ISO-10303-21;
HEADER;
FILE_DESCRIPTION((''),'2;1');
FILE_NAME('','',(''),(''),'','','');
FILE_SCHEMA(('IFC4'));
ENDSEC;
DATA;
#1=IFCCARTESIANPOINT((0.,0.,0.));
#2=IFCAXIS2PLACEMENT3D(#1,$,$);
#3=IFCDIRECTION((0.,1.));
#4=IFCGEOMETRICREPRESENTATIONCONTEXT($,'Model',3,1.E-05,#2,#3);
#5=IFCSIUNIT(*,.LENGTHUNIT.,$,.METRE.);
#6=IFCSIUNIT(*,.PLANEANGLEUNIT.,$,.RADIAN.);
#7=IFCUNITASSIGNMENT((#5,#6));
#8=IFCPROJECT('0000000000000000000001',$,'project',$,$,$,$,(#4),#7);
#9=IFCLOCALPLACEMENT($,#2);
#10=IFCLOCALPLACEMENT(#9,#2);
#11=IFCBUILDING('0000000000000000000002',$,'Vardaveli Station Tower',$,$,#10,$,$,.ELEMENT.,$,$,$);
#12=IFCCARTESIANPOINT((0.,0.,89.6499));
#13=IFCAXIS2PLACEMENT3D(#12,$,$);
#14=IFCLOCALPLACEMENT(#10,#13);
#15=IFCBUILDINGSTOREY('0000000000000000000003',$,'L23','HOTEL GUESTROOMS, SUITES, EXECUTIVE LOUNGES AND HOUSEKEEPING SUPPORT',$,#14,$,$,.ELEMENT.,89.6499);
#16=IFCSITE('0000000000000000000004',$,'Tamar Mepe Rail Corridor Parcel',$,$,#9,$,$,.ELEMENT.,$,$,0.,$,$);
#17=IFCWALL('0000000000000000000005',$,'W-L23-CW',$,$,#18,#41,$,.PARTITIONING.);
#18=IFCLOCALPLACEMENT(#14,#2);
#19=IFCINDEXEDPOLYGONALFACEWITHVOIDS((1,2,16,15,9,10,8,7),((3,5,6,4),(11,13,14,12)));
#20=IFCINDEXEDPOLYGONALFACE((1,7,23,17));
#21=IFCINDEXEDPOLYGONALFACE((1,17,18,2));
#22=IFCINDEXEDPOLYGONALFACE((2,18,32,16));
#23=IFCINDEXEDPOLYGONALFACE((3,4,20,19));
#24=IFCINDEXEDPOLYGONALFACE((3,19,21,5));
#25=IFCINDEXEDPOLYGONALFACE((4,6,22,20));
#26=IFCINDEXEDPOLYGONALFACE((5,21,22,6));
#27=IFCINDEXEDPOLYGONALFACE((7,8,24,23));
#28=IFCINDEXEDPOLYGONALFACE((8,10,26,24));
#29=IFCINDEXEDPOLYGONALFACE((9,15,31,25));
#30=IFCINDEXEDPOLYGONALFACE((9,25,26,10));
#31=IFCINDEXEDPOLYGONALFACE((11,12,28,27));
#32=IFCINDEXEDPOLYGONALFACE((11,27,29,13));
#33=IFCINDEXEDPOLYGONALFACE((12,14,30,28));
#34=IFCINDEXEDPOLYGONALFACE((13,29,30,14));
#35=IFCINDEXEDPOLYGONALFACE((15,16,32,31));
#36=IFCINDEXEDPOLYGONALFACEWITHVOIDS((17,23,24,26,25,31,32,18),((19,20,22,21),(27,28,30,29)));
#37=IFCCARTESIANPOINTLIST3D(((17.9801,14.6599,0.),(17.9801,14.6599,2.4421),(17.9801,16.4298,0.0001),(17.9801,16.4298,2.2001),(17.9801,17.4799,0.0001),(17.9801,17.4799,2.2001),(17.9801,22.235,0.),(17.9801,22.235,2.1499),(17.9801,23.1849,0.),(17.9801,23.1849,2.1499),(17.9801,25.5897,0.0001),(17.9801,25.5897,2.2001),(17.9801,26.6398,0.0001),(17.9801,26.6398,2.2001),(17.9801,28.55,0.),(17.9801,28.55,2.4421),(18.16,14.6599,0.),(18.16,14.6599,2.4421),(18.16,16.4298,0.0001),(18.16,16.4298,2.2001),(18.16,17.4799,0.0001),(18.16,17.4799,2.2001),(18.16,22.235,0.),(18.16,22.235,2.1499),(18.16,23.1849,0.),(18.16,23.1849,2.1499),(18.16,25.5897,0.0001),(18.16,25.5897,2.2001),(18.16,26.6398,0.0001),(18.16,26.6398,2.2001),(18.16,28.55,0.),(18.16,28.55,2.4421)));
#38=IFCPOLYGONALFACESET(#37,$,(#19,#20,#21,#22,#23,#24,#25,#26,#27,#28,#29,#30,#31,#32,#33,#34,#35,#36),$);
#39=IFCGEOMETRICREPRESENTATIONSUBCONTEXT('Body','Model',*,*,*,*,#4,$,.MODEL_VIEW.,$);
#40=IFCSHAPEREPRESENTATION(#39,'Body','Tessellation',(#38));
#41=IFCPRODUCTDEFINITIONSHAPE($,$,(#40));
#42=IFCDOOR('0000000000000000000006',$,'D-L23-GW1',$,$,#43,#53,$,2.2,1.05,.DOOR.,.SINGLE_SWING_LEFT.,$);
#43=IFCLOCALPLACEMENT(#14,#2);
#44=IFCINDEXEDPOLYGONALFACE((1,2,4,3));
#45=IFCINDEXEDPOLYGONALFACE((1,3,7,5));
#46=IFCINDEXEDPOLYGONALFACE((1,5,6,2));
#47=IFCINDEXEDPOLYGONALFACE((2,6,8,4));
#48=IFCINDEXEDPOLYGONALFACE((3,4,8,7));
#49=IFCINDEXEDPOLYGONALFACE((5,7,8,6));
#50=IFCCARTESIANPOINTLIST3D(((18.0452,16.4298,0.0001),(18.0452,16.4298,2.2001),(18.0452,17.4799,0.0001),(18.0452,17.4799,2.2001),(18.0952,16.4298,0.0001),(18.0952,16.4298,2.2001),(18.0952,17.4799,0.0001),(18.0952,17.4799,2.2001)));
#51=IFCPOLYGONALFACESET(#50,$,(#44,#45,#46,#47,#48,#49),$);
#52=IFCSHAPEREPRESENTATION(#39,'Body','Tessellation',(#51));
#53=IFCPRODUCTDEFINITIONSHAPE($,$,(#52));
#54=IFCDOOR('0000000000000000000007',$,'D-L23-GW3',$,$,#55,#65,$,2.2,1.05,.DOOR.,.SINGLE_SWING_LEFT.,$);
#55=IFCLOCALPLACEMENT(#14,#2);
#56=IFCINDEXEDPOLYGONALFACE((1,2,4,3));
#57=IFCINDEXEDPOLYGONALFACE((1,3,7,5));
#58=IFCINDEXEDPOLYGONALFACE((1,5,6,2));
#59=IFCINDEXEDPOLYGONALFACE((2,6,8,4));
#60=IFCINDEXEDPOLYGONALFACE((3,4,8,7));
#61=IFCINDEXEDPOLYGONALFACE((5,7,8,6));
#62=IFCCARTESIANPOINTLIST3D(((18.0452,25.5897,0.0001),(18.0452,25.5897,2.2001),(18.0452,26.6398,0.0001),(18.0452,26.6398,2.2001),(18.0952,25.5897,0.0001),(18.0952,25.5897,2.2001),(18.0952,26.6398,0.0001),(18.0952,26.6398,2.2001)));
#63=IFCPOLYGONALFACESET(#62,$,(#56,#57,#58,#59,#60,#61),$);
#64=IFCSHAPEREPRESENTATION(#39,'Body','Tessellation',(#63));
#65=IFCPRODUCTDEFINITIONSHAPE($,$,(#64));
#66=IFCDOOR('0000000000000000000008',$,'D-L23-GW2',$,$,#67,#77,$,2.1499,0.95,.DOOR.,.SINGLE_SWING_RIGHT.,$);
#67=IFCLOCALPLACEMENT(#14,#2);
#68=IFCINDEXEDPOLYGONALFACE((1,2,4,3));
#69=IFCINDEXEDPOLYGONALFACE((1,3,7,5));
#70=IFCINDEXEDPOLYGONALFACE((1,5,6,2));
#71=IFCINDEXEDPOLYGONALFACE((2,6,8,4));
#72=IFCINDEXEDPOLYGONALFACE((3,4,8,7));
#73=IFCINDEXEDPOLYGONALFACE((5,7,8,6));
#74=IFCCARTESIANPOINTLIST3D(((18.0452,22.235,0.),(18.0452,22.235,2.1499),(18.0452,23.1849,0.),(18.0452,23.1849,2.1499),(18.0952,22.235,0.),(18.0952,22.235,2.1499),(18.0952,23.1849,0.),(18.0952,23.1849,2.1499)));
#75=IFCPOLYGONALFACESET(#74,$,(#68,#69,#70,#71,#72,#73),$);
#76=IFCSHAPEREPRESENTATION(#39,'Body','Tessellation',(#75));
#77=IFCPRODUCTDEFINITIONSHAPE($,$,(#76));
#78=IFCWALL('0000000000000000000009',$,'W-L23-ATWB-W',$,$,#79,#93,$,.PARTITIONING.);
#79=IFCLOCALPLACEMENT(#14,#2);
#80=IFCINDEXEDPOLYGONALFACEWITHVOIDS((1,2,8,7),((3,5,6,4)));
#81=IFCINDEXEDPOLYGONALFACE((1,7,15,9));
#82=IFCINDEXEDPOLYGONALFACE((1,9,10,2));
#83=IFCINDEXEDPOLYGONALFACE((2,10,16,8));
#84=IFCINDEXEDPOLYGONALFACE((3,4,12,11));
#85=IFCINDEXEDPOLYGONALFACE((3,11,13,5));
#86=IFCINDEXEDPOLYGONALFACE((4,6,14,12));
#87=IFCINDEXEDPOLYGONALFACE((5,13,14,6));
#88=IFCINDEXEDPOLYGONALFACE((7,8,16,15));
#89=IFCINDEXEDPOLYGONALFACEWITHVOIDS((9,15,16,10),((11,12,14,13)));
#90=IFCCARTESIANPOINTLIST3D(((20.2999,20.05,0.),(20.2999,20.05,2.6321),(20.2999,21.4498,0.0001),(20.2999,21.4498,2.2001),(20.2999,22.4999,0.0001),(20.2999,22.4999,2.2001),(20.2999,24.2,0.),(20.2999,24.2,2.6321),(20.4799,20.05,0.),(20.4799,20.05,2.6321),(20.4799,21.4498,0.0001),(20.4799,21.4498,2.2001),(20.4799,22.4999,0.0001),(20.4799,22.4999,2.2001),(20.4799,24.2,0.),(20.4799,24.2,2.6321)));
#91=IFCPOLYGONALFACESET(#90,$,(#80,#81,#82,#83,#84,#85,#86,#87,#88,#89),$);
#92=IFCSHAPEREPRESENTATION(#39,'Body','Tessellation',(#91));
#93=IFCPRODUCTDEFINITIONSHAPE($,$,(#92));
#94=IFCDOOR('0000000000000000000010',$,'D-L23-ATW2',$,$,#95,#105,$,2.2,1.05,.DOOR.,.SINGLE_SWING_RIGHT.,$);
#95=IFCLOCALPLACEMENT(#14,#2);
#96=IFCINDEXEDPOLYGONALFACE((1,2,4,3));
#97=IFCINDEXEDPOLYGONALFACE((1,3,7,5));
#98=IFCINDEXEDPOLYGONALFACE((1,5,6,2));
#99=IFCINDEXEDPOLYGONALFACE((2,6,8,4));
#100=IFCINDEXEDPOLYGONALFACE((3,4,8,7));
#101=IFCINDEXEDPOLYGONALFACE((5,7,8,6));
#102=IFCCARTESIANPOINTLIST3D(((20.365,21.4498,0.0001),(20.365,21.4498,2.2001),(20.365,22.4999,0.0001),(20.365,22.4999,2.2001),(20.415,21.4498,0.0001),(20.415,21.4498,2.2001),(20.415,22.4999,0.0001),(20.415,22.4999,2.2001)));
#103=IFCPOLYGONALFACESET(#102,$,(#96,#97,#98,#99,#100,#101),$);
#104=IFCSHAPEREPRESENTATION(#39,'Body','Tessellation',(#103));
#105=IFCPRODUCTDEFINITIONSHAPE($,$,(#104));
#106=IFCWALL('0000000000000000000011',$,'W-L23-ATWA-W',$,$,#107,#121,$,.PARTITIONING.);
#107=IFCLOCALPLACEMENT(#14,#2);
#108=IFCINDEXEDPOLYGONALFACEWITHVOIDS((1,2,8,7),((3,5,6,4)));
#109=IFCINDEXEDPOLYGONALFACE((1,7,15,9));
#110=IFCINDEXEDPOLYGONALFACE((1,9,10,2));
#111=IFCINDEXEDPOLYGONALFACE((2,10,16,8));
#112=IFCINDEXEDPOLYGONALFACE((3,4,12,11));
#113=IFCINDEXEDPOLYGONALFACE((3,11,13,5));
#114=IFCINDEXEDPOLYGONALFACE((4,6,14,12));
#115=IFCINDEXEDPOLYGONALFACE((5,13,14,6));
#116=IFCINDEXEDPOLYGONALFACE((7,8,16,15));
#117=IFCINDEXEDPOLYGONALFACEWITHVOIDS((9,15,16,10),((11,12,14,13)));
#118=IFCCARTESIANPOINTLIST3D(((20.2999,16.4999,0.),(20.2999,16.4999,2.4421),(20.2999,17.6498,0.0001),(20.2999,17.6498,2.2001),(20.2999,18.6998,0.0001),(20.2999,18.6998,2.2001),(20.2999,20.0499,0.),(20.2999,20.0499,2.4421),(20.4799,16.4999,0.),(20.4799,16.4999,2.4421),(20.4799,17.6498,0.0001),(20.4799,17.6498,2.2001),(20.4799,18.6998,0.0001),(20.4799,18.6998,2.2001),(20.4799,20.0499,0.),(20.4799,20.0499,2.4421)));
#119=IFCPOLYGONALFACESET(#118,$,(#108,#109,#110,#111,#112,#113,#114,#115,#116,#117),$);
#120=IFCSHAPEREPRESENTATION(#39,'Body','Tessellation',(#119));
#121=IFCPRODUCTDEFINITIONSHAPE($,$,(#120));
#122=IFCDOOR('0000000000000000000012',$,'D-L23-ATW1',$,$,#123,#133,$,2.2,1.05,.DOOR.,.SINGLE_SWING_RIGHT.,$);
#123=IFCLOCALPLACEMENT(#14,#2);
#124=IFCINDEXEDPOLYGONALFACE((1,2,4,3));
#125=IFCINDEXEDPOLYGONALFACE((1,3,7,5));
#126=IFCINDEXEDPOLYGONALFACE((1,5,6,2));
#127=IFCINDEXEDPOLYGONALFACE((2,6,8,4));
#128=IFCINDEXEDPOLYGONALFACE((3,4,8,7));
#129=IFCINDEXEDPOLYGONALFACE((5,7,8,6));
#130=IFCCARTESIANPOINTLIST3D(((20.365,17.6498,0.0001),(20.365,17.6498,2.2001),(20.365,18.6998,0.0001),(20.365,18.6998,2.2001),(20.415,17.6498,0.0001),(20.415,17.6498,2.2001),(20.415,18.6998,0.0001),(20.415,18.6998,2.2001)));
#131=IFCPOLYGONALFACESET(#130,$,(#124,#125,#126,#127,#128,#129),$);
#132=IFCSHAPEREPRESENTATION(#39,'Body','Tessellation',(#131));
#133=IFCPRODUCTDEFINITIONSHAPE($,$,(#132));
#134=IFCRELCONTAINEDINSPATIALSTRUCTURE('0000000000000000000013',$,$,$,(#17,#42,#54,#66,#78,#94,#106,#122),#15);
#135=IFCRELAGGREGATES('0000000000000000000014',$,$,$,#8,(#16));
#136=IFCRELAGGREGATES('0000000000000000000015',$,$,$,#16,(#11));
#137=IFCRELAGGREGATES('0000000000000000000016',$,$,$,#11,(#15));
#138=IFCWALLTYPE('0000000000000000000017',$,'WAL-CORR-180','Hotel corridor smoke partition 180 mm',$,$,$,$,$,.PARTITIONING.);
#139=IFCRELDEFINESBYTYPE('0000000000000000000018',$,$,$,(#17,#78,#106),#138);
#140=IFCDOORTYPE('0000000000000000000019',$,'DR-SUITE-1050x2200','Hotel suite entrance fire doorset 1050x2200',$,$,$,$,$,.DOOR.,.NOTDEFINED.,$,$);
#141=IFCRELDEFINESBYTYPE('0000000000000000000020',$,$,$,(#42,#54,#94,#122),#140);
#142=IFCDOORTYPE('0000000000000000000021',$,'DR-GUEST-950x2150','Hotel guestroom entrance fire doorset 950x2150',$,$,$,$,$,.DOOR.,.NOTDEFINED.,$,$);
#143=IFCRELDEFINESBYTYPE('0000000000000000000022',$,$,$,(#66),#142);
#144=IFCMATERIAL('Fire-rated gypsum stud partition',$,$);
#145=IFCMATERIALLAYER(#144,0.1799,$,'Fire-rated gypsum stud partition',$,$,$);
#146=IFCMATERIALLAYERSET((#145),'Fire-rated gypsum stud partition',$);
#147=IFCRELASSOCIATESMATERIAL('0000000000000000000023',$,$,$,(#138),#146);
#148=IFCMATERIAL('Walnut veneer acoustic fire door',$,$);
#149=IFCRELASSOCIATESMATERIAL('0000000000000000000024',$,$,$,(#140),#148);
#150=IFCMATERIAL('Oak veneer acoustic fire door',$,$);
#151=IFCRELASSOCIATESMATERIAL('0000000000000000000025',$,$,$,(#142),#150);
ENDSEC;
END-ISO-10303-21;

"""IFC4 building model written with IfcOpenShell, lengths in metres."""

from ifc_helpers import new_model, si_unit, direction, frame, frame_2d, origin, place, context, subcontext, project, spatial, rectangle, extrude, source, transform, mapped, material, layer, layer_set, type_object, element, fill, save


model = new_model("IFC4")

# Units and contexts
model_context = context("Model", 3, precision=1e-05, world=origin(), true_north=direction((0.0, 1.0)))
body_context = subcontext(model_context, "Body", "Model", "MODEL_VIEW")
ifc_project = project(units=[si_unit("LENGTHUNIT", "METRE"), si_unit("PLANEANGLEUNIT", "RADIAN")], contexts=[model_context])

# Site, building, storey
site_placement = place(None, origin())
site = spatial("IfcSite", under=ifc_project, at=site_placement, Name="Tamar Mepe Rail Corridor Parcel", CompositionType="ELEMENT", RefElevation=0.0)
building_placement = place(site_placement, origin())
building = spatial("IfcBuilding", under=site, at=building_placement, Name="Vardaveli Station Tower", CompositionType="ELEMENT")
storey_placement = place(building_placement, frame((0.0, 0.0, 89.6499)))
storey = spatial("IfcBuildingStorey", under=building, at=storey_placement, Name="L23", Description="HOTEL GUESTROOMS, SUITES, EXECUTIVE LOUNGES AND HOUSEKEEPING SUPPORT", CompositionType="ELEMENT", Elevation=89.6499)

# Wall, openings, doors
ifc_material_1 = material(Name="Fire-rated gypsum stud partition")
ifc_layer_1 = layer(ifc_material_1, 0.1799, Name="Fire-rated gypsum stud partition")
ifc_layer_set_1 = layer_set([ifc_layer_1], Name="Fire-rated gypsum stud partition")
wall_type_1 = type_object("IfcWallType", Name="WAL-CORR-180", Description="Hotel corridor smoke partition 180 mm", PredefinedType="PARTITIONING", material=ifc_layer_set_1)
shared_shape_1 = source(origin(), body_context, "Body", "SweptSolid", [
    extrude(rectangle(XDim=13.8901, YDim=0.1799, at=frame_2d((6.9451, 0.0))), origin(), (0.0, 0.0, 1.0), 2.4421),
])
wall_1_placement = place(storey_placement, frame((18.0701, 14.6599, 0.0), z_axis=(0.0, 0.0, 1.0), x_axis=(0.0, 1.0, 0.0)))
wall_1 = element("IfcWall", 1, at=wall_1_placement, inside=storey, type_object=wall_type_1, Name="W-L23-CW", PredefinedType="PARTITIONING", context=body_context, shape_type="MappedRepresentation", body=[
    mapped(shared_shape_1, transform((0.0, 0.0, 0.0), scale=1.0)),
])
shared_shape_2 = source(origin(), body_context, "Body", "SweptSolid", [
    extrude(rectangle(XDim=1.05, YDim=2.2, at=frame_2d((0.5249, 1.1001))), frame((0.0, 0.1001, 0.0), z_axis=(0.0, -1.0, 0.0), x_axis=(1.0, 0.0, 0.0)), (0.0, 0.0, 1.0), 0.2),
])
opening_1_placement = place(wall_1_placement, frame((1.77, 0.0, 0.0)))
opening_1 = element("IfcOpeningElement", 2, at=opening_1_placement, cuts=wall_1, PredefinedType="OPENING", context=body_context, shape_type="MappedRepresentation", body=[
    mapped(shared_shape_2, transform((0.0, 0.0, 0.0), scale=1.0)),
])
shared_shape_3 = source(origin(), body_context, "Body", "SweptSolid", [
    extrude(rectangle(XDim=0.95, YDim=2.1499, at=frame_2d((0.4751, 1.075))), frame((0.0, 0.1001, 0.0), z_axis=(0.0, -1.0, 0.0), x_axis=(1.0, 0.0, 0.0)), (0.0, 0.0, 1.0), 0.2),
])
opening_2_placement = place(wall_1_placement, frame((7.575, 0.0, 0.0)))
opening_2 = element("IfcOpeningElement", 3, at=opening_2_placement, cuts=wall_1, PredefinedType="OPENING", context=body_context, shape_type="MappedRepresentation", body=[
    mapped(shared_shape_3, transform((0.0, 0.0, 0.0), scale=1.0)),
])
opening_3_placement = place(wall_1_placement, frame((10.9299, 0.0, 0.0)))
opening_3 = element("IfcOpeningElement", 4, at=opening_3_placement, cuts=wall_1, PredefinedType="OPENING", context=body_context, shape_type="MappedRepresentation", body=[
    mapped(shared_shape_2, transform((0.0, 0.0, 0.0), scale=1.0)),
])
ifc_material_2 = material(Name="Walnut veneer acoustic fire door")
door_type_1 = type_object("IfcDoorType", Name="DR-SUITE-1050x2200", Description="Hotel suite entrance fire doorset 1050x2200", OperationType="NOTDEFINED", PredefinedType="DOOR", material=ifc_material_2)
shared_shape_4 = source(origin(), body_context, "Body", "SweptSolid", [
    extrude(rectangle(XDim=1.05, YDim=2.2, at=frame_2d((0.5249, 1.1001))), frame((0.0, 0.0249, 0.0), z_axis=(0.0, -1.0, 0.0), x_axis=(1.0, 0.0, 0.0)), (0.0, 0.0, 1.0), 0.05),
])
door_1_placement = place(opening_1_placement, origin())
door_1 = element("IfcDoor", 5, at=door_1_placement, inside=storey, type_object=door_type_1, Name="D-L23-GW1", OperationType="SINGLE_SWING_LEFT", OverallHeight=2.2, OverallWidth=1.05, PredefinedType="DOOR", context=body_context, shape_type="MappedRepresentation", body=[
    mapped(shared_shape_4, transform((0.0, 0.0, 0.0), scale=1.0)),
])
fill(opening_1, door_1)
door_2_placement = place(opening_3_placement, origin())
door_2 = element("IfcDoor", 6, at=door_2_placement, inside=storey, type_object=door_type_1, Name="D-L23-GW3", OperationType="SINGLE_SWING_LEFT", OverallHeight=2.2, OverallWidth=1.05, PredefinedType="DOOR", context=body_context, shape_type="MappedRepresentation", body=[
    mapped(shared_shape_4, transform((0.0, 0.0, 0.0), scale=1.0)),
])
fill(opening_3, door_2)
ifc_material_3 = material(Name="Oak veneer acoustic fire door")
door_type_2 = type_object("IfcDoorType", Name="DR-GUEST-950x2150", Description="Hotel guestroom entrance fire doorset 950x2150", OperationType="NOTDEFINED", PredefinedType="DOOR", material=ifc_material_3)
shared_shape_5 = source(origin(), body_context, "Body", "SweptSolid", [
    extrude(rectangle(XDim=0.95, YDim=2.1499, at=frame_2d((0.4751, 1.075))), frame((0.0, 0.0249, 0.0), z_axis=(0.0, -1.0, 0.0), x_axis=(1.0, 0.0, 0.0)), (0.0, 0.0, 1.0), 0.05),
])
door_3_placement = place(opening_2_placement, origin())
door_3 = element("IfcDoor", 7, at=door_3_placement, inside=storey, type_object=door_type_2, Name="D-L23-GW2", OperationType="SINGLE_SWING_RIGHT", OverallHeight=2.1499, OverallWidth=0.95, PredefinedType="DOOR", context=body_context, shape_type="MappedRepresentation", body=[
    mapped(shared_shape_5, transform((0.0, 0.0, 0.0), scale=1.0)),
])
fill(opening_2, door_3)

# Walls, openings, doors
shared_shape_6 = source(origin(), body_context, "Body", "SweptSolid", [
    extrude(rectangle(XDim=4.1499, YDim=0.1799, at=frame_2d((2.075, 0.0))), origin(), (0.0, 0.0, 1.0), 2.6321),
])
wall_2_placement = place(storey_placement, frame((20.3899, 20.05, 0.0), z_axis=(0.0, 0.0, 1.0), x_axis=(0.0, 1.0, 0.0)))
wall_2 = element("IfcWall", 8, at=wall_2_placement, inside=storey, type_object=wall_type_1, Name="W-L23-ATWB-W", PredefinedType="PARTITIONING", context=body_context, shape_type="MappedRepresentation", body=[
    mapped(shared_shape_6, transform((0.0, 0.0, 0.0), scale=1.0)),
])
opening_4_placement = place(wall_2_placement, frame((1.3999, 0.0, 0.0)))
opening_4 = element("IfcOpeningElement", 9, at=opening_4_placement, cuts=wall_2, PredefinedType="OPENING", context=body_context, shape_type="MappedRepresentation", body=[
    mapped(shared_shape_2, transform((0.0, 0.0, 0.0), scale=1.0)),
])
door_4_placement = place(opening_4_placement, origin())
door_4 = element("IfcDoor", 10, at=door_4_placement, inside=storey, type_object=door_type_1, Name="D-L23-ATW2", OperationType="SINGLE_SWING_RIGHT", OverallHeight=2.2, OverallWidth=1.05, PredefinedType="DOOR", context=body_context, shape_type="MappedRepresentation", body=[
    mapped(shared_shape_4, transform((0.0, 0.0, 0.0), scale=1.0)),
])
fill(opening_4, door_4)
shared_shape_7 = source(origin(), body_context, "Body", "SweptSolid", [
    extrude(rectangle(XDim=3.55, YDim=0.1799, at=frame_2d((1.7749, 0.0))), origin(), (0.0, 0.0, 1.0), 2.4421),
])
wall_3_placement = place(storey_placement, frame((20.3899, 16.5, 0.0), z_axis=(0.0, 0.0, 1.0), x_axis=(0.0, 1.0, 0.0)))
wall_3 = element("IfcWall", 11, at=wall_3_placement, inside=storey, type_object=wall_type_1, Name="W-L23-ATWA-W", PredefinedType="PARTITIONING", context=body_context, shape_type="MappedRepresentation", body=[
    mapped(shared_shape_7, transform((0.0, 0.0, 0.0), scale=1.0)),
])
opening_5_placement = place(wall_3_placement, frame((1.1499, 0.0, 0.0)))
opening_5 = element("IfcOpeningElement", 12, at=opening_5_placement, cuts=wall_3, PredefinedType="OPENING", context=body_context, shape_type="MappedRepresentation", body=[
    mapped(shared_shape_2, transform((0.0, 0.0, 0.0), scale=1.0)),
])
door_5_placement = place(opening_5_placement, origin())
door_5 = element("IfcDoor", 13, at=door_5_placement, inside=storey, type_object=door_type_1, Name="D-L23-ATW1", OperationType="SINGLE_SWING_RIGHT", OverallHeight=2.2, OverallWidth=1.05, PredefinedType="DOOR", context=body_context, shape_type="MappedRepresentation", body=[
    mapped(shared_shape_4, transform((0.0, 0.0, 0.0), scale=1.0)),
])
fill(opening_5, door_5)

save(model, "model.ifc")
